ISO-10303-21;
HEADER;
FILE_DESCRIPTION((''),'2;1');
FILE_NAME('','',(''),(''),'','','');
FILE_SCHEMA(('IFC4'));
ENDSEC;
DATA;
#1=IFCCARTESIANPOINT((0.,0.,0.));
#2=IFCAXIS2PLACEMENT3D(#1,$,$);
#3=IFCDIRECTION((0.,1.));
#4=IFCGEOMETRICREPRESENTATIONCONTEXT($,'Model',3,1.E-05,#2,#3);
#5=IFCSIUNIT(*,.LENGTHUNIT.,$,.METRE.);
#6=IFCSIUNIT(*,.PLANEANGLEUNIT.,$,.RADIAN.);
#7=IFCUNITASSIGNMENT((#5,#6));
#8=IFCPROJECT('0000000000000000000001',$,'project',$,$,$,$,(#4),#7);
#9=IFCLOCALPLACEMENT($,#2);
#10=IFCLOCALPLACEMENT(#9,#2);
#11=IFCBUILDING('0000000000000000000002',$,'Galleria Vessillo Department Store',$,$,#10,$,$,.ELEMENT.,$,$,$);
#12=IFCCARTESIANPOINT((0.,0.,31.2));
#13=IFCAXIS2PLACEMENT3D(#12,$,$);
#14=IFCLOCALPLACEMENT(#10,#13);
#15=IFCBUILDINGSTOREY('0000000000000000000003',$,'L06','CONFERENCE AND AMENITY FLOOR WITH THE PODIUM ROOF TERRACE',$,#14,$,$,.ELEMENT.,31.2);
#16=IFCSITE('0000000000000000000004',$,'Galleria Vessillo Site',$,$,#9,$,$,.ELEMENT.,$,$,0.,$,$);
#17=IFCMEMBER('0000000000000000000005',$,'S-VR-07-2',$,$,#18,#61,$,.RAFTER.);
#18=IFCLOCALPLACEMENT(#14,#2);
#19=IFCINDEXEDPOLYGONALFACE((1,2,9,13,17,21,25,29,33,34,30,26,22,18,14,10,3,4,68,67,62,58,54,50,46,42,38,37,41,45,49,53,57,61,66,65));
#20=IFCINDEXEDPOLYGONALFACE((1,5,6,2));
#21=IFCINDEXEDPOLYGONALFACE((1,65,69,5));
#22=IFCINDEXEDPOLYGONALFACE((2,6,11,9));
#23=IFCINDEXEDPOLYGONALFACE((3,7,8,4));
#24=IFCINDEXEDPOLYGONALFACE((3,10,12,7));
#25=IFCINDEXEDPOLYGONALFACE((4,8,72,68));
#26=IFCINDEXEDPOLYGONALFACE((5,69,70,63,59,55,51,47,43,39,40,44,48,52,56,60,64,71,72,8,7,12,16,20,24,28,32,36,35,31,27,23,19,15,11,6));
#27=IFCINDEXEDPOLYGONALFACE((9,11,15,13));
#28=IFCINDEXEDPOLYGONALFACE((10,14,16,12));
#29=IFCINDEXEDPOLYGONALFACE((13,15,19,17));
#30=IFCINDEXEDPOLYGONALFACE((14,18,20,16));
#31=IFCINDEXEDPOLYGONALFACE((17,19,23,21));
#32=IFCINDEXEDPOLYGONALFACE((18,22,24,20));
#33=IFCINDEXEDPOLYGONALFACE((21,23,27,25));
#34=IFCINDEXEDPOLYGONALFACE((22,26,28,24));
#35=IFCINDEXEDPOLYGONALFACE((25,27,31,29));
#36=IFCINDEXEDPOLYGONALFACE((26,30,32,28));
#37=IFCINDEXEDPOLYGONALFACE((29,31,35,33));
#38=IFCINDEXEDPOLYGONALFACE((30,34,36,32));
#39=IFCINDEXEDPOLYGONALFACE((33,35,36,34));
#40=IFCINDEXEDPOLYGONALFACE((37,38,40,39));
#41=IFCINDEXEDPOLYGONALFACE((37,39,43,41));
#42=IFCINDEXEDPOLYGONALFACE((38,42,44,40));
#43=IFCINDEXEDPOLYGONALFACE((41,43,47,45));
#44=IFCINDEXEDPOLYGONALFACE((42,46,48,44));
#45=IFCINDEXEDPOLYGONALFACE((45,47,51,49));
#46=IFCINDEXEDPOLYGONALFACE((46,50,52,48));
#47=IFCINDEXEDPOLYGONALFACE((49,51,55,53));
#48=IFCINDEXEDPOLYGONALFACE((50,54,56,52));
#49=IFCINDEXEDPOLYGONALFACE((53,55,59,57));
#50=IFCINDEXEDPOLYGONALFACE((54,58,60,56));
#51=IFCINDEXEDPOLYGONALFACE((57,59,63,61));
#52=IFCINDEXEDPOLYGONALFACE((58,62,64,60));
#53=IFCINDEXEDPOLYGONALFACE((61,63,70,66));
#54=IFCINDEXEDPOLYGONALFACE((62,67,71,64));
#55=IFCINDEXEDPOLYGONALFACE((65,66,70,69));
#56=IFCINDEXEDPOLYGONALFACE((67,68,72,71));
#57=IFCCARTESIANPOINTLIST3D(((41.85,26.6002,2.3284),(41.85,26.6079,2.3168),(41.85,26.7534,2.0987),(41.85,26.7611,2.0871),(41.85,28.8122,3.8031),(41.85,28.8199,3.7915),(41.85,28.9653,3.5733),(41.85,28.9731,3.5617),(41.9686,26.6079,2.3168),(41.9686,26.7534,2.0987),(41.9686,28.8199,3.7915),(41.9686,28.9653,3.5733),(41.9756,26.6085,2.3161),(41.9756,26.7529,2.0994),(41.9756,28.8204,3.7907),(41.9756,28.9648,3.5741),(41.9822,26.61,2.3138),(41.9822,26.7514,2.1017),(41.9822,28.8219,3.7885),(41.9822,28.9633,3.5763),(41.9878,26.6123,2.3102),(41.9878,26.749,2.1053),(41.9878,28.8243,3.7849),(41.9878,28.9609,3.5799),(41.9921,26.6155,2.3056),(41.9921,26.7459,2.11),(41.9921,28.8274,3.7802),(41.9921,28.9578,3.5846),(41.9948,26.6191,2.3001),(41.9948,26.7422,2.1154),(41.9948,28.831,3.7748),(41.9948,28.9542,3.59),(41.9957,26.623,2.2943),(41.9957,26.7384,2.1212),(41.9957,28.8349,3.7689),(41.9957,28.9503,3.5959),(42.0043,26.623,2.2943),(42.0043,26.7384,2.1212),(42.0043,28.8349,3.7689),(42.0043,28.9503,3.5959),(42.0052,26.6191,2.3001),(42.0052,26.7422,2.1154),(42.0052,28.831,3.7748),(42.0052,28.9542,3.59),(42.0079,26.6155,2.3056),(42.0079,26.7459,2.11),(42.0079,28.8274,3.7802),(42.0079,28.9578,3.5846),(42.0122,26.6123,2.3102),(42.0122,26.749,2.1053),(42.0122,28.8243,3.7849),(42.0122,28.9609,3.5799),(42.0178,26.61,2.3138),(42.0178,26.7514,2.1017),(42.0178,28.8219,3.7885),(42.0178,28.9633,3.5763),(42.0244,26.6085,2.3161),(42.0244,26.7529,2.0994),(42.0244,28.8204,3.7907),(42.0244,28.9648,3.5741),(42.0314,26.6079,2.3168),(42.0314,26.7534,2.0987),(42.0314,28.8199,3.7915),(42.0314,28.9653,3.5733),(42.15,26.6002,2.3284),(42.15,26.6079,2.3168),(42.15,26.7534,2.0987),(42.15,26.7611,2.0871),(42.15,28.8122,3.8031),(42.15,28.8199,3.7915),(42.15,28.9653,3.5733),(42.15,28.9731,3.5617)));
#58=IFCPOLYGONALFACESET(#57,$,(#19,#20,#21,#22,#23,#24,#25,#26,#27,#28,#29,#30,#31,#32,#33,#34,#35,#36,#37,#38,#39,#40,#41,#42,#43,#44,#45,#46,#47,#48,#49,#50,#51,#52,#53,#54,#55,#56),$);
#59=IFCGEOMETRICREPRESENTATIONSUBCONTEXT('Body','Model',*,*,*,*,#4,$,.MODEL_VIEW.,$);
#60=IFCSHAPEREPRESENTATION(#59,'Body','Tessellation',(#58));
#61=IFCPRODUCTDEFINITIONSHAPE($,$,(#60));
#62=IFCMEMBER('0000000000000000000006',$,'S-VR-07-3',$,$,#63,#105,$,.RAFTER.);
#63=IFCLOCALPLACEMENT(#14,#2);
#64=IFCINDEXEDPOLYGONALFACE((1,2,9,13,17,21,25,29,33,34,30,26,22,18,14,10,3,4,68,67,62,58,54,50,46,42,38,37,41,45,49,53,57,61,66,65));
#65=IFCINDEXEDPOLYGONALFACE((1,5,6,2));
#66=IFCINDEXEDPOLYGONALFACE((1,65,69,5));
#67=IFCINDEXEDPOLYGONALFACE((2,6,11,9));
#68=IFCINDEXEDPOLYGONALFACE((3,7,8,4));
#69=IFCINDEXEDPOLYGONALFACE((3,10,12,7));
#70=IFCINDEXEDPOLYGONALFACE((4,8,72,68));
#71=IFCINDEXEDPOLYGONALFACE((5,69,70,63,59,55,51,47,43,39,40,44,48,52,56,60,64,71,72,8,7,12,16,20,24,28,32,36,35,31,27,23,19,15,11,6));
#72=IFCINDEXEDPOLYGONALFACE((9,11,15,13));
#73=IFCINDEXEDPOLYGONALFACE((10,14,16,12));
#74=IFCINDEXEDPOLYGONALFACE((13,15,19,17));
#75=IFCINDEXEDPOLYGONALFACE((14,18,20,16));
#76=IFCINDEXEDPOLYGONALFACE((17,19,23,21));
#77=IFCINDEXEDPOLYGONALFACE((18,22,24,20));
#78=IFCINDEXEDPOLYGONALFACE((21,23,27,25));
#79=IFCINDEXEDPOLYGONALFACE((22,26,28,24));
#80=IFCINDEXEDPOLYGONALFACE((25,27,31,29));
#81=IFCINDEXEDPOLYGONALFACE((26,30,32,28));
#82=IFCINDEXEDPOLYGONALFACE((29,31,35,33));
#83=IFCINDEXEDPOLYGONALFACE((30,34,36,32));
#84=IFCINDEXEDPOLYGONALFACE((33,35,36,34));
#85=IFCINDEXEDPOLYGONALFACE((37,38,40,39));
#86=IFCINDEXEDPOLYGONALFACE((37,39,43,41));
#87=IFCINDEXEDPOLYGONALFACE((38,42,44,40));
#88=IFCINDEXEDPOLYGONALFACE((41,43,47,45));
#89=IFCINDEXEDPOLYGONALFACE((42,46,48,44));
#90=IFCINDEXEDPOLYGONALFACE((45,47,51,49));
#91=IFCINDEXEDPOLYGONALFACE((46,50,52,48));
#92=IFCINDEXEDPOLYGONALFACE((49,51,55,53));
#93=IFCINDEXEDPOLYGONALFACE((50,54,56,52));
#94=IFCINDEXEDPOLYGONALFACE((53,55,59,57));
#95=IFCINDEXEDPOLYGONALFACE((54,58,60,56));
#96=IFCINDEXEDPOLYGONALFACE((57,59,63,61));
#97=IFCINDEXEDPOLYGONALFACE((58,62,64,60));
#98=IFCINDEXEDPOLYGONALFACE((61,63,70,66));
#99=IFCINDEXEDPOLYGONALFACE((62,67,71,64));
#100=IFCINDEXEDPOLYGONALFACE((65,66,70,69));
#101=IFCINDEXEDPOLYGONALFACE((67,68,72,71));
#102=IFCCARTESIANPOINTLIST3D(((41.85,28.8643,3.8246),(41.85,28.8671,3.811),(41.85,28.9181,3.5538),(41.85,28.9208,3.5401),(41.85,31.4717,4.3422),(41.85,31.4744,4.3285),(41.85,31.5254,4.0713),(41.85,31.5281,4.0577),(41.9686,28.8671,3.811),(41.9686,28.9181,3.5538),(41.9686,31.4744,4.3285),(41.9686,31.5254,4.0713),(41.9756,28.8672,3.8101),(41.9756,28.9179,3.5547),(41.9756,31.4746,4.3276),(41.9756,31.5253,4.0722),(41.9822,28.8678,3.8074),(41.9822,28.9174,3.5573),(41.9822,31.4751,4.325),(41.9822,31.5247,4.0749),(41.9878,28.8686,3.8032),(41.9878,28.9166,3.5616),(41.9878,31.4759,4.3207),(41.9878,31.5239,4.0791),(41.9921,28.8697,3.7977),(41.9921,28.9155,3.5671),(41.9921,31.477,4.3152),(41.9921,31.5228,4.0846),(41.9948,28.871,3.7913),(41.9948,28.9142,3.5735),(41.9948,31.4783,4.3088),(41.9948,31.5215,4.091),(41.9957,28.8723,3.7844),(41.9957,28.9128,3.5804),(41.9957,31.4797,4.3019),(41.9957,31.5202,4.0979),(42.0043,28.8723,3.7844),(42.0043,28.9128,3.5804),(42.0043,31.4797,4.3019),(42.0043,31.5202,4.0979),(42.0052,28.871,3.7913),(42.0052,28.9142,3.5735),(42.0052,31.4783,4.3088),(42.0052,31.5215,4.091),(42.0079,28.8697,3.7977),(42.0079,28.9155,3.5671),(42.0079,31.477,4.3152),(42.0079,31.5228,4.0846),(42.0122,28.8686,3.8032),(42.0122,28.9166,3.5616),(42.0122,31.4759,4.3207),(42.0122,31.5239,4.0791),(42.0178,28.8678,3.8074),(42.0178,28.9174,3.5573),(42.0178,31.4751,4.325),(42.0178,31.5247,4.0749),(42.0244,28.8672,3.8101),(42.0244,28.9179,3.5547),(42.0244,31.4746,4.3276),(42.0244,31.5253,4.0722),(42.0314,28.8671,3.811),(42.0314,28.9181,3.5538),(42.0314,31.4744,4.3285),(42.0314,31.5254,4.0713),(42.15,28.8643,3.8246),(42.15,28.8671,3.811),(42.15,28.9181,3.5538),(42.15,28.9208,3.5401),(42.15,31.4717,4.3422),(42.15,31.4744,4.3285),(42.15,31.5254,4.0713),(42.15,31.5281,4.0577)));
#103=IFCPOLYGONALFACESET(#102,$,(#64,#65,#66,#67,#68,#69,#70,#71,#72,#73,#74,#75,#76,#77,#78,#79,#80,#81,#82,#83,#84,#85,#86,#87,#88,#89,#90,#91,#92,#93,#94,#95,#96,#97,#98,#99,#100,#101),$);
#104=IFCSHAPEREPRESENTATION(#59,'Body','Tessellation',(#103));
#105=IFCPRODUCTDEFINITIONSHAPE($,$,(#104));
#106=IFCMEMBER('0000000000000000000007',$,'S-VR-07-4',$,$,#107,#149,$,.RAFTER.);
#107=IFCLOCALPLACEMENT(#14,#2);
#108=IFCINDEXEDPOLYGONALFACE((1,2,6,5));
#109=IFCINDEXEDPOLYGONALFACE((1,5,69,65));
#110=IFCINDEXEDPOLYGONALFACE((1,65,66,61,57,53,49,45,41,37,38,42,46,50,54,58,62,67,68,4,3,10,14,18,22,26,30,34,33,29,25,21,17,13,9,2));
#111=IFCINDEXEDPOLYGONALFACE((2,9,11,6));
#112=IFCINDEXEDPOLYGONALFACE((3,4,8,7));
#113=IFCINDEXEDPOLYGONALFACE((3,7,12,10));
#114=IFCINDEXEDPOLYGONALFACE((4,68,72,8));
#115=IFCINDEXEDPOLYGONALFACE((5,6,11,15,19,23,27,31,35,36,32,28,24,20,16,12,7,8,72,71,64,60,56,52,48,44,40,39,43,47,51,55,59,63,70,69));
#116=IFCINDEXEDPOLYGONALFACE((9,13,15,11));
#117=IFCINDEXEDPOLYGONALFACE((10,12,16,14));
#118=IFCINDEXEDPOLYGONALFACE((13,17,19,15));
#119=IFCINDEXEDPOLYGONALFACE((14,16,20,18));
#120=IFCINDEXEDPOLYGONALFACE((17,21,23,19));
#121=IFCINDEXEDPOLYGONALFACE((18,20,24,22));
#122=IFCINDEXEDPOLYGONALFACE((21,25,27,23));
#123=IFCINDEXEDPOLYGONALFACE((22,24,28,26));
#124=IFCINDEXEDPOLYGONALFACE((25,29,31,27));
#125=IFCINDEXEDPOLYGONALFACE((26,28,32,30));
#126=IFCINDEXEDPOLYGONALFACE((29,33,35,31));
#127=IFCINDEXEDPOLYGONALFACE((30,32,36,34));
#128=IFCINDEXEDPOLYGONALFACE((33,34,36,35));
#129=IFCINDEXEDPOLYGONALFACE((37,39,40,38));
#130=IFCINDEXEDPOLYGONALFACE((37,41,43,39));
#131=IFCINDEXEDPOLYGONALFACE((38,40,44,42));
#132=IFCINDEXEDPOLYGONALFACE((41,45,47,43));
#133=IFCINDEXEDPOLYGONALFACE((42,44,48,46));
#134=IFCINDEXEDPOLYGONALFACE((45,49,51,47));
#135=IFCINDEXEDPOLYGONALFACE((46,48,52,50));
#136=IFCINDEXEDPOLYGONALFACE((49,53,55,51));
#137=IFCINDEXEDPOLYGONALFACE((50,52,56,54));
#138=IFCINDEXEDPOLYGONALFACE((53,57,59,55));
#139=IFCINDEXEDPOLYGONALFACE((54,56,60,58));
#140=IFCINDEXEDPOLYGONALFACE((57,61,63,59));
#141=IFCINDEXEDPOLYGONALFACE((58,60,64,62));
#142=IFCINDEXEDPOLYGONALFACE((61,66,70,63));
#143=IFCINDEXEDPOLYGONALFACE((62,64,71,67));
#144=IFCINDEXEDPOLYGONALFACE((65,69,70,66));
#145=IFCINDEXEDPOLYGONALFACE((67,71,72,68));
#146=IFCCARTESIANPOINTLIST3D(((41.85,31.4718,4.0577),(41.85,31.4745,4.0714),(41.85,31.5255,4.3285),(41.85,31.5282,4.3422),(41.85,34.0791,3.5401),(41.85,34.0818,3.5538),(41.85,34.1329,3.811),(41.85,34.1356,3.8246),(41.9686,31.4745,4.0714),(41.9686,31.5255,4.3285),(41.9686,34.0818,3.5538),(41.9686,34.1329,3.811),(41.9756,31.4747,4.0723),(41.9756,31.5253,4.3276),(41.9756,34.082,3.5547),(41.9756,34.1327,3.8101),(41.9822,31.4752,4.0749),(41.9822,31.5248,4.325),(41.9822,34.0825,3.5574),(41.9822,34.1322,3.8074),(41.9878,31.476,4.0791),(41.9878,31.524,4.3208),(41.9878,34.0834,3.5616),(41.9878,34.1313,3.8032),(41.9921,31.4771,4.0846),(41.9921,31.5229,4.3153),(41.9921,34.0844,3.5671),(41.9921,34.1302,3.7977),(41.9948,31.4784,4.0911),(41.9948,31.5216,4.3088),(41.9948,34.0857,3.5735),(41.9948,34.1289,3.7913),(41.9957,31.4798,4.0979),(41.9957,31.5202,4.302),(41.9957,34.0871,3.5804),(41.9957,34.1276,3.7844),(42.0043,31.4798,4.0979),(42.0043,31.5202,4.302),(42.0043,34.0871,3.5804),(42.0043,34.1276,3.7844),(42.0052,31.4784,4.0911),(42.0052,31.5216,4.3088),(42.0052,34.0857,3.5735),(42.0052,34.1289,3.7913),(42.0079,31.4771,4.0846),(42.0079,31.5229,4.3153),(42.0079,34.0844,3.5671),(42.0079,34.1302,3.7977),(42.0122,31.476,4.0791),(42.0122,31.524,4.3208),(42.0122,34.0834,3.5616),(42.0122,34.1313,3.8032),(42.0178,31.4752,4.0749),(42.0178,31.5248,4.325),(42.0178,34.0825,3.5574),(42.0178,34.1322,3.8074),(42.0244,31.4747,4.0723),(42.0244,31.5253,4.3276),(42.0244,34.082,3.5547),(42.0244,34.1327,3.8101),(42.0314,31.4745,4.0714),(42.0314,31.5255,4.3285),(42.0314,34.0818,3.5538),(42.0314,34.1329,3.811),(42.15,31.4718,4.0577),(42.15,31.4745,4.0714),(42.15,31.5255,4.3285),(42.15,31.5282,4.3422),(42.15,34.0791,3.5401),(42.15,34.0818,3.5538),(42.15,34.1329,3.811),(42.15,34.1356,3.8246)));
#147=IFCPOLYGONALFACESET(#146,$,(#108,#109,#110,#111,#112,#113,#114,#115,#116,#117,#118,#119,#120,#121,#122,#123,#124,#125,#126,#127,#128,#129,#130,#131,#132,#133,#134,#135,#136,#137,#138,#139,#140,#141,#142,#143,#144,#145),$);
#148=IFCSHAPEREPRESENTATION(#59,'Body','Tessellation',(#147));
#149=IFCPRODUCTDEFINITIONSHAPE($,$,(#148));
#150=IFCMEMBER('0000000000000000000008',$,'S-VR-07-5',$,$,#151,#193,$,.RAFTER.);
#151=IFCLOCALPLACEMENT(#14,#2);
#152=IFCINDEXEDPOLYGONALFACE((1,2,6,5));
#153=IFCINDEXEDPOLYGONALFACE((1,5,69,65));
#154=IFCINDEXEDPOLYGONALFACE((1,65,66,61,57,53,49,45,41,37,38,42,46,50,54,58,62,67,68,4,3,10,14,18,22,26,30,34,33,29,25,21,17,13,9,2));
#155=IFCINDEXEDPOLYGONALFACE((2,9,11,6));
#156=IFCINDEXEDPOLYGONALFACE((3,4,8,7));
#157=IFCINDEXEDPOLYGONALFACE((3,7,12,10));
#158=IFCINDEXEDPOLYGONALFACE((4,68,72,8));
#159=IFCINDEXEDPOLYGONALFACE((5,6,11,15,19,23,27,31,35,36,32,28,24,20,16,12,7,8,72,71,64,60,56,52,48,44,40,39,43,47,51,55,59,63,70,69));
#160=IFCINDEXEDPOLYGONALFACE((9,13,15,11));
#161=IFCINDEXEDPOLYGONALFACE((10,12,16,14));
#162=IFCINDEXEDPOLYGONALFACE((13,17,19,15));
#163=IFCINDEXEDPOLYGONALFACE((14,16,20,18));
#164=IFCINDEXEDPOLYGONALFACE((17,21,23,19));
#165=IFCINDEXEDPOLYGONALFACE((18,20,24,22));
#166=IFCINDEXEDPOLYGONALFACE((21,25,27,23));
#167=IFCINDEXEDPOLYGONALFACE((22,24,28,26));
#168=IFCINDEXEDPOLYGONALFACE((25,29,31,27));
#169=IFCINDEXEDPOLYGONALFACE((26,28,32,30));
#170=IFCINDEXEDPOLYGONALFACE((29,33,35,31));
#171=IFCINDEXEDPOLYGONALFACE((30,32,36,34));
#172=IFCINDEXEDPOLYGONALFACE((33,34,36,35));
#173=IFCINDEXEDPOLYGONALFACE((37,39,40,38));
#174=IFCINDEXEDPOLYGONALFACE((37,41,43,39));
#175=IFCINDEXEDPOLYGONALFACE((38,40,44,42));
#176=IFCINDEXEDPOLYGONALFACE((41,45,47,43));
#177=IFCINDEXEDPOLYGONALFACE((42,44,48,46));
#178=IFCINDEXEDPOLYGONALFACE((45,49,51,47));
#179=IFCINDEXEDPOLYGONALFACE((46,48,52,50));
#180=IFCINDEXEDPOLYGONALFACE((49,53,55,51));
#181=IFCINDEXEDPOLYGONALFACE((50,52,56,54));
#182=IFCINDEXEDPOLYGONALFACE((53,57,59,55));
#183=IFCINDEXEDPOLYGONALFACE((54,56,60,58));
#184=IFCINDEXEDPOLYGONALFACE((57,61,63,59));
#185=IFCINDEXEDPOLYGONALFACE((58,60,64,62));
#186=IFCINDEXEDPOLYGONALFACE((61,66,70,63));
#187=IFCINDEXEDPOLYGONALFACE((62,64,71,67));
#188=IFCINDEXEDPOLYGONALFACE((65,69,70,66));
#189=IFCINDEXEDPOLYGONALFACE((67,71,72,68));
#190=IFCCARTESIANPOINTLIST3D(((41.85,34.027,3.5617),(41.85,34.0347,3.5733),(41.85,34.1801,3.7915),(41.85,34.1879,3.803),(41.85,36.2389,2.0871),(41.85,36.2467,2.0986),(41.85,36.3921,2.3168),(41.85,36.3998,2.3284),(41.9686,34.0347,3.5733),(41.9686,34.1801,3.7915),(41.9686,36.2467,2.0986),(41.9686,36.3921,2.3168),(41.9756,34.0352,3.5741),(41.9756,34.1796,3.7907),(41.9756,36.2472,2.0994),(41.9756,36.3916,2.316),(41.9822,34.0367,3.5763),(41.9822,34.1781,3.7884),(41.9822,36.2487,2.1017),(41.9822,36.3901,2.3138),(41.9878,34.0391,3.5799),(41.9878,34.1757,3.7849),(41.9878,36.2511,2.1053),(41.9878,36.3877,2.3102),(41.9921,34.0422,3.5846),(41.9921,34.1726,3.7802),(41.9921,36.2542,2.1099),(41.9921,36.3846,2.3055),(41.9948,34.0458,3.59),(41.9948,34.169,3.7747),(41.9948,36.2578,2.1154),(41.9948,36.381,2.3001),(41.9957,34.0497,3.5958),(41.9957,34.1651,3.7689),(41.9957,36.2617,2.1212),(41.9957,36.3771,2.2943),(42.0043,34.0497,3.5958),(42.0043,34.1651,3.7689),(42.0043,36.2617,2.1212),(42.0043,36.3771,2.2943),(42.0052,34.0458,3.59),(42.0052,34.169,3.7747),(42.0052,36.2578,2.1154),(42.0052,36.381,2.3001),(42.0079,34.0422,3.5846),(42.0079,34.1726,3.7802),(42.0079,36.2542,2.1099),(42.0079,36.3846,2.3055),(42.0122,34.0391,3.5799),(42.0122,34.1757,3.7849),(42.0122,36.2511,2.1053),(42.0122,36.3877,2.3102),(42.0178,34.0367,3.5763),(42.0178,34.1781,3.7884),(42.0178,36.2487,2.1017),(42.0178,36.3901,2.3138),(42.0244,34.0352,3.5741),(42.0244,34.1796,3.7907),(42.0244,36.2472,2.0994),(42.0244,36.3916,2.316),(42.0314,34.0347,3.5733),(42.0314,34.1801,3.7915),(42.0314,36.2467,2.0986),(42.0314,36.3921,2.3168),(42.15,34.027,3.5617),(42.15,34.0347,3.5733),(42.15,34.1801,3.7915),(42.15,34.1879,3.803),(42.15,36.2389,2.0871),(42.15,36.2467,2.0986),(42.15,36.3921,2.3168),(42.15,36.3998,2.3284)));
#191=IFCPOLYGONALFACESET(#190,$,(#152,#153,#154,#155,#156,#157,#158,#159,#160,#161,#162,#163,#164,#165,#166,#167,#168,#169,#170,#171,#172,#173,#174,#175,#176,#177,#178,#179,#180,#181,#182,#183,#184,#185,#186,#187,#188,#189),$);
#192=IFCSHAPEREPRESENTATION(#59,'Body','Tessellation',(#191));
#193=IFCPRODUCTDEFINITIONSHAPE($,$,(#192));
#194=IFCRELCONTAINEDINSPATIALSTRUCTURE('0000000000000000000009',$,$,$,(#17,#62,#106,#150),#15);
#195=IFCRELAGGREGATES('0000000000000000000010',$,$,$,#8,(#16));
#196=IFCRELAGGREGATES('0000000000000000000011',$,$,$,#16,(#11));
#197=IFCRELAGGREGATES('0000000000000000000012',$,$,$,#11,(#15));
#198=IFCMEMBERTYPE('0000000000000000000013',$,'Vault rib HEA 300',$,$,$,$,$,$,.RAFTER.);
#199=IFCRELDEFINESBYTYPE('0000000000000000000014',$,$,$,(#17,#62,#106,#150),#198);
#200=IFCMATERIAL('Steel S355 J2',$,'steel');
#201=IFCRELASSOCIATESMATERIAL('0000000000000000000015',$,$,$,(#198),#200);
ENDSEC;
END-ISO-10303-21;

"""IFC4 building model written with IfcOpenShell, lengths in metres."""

from ifc_helpers import new_model, si_unit, direction, frame, origin, origin_2d, place, context, subcontext, project, spatial, i_section, extrude, material, material_profile, profile_set, type_object, element, save


model = new_model("IFC4")

# Units and contexts
model_context = context("Model", 3, precision=1e-05, world=origin(), true_north=direction((0.0, 1.0)))
body_context = subcontext(model_context, "Body", "Model", "MODEL_VIEW")
ifc_project = project(units=[si_unit("LENGTHUNIT", "METRE"), si_unit("PLANEANGLEUNIT", "RADIAN")], contexts=[model_context])

# Site, building, storey
site_placement = place(None, origin())
site = spatial("IfcSite", under=ifc_project, at=site_placement, Name="Galleria Vessillo Site", CompositionType="ELEMENT", RefElevation=0.0)
building_placement = place(site_placement, origin())
building = spatial("IfcBuilding", under=site, at=building_placement, Name="Galleria Vessillo Department Store", CompositionType="ELEMENT")
storey_placement = place(building_placement, frame((0.0, 0.0, 31.2)))
storey = spatial("IfcBuildingStorey", under=building, at=storey_placement, Name="L06", Description="CONFERENCE AND AMENITY FLOOR WITH THE PODIUM ROOF TERRACE", CompositionType="ELEMENT", Elevation=31.2)

# Members
ifc_material_1 = material(Name="Steel S355 J2", Category="steel")
ifc_material_profile_1 = material_profile(ifc_material_1, i_section(OverallWidth=0.3, OverallDepth=0.29, WebThickness=0.0085, FlangeThickness=0.0139, FilletRadius=0.0271, at=origin_2d()), Name="HEA 300")
ifc_profile_set_1 = profile_set([ifc_material_profile_1], Name="Steel S355 J2")
member_type_1 = type_object("IfcMemberType", Name="Vault rib HEA 300", PredefinedType="RAFTER", material=ifc_profile_set_1)
member_1_placement = place(storey_placement, frame((42.0, 26.6807, 2.2078), z_axis=(0.0, 0.83205, 0.5547), x_axis=(-1.0, 0.0, 0.0)))
element("IfcMember", 1, at=member_1_placement, inside=storey, type_object=member_type_1, Name="S-VR-07-2", PredefinedType="RAFTER", context=body_context, shape_type="SweptSolid", body=[
    extrude(i_section(OverallWidth=0.3, OverallDepth=0.29, WebThickness=0.0085, FlangeThickness=0.0139, FilletRadius=0.0271, at=origin_2d()), origin(), (0.0, 0.0, 1.0), 2.6584),
])
for number, where, z_axis, x_axis, name in (
    (2, (42.0, 28.8926, 3.6824), (0.0, 0.980862, 0.194703), (-1.0, 0.0, 0.0), "S-VR-07-3"),
    (3, (42.0, 31.5, 4.2), (0.0, 0.980862, -0.194703), (-1.0, 0.0, 0.0), "S-VR-07-4"),
):
    element("IfcMember", number, at=place(storey_placement, frame(where, z_axis=z_axis, x_axis=x_axis)), inside=storey, type_object=member_type_1, Name=name, PredefinedType="RAFTER", context=body_context, shape_type="SweptSolid", body=[
        extrude(i_section(OverallWidth=0.3, OverallDepth=0.29, WebThickness=0.0085, FlangeThickness=0.0139, FilletRadius=0.0271, at=origin_2d()), origin(), (0.0, 0.0, 1.0), 2.6582),
    ])
member_2_placement = place(storey_placement, frame((42.0, 34.1074, 3.6824), z_axis=(0.0, 0.83205, -0.5547), x_axis=(-1.0, 0.0, 0.0)))
element("IfcMember", 4, at=member_2_placement, inside=storey, type_object=member_type_1, Name="S-VR-07-5", PredefinedType="RAFTER", context=body_context, shape_type="SweptSolid", body=[
    extrude(i_section(OverallWidth=0.3, OverallDepth=0.29, WebThickness=0.0085, FlangeThickness=0.0139, FilletRadius=0.0271, at=origin_2d()), origin(), (0.0, 0.0, 1.0), 2.6584),
])

save(model, "model.ifc")
